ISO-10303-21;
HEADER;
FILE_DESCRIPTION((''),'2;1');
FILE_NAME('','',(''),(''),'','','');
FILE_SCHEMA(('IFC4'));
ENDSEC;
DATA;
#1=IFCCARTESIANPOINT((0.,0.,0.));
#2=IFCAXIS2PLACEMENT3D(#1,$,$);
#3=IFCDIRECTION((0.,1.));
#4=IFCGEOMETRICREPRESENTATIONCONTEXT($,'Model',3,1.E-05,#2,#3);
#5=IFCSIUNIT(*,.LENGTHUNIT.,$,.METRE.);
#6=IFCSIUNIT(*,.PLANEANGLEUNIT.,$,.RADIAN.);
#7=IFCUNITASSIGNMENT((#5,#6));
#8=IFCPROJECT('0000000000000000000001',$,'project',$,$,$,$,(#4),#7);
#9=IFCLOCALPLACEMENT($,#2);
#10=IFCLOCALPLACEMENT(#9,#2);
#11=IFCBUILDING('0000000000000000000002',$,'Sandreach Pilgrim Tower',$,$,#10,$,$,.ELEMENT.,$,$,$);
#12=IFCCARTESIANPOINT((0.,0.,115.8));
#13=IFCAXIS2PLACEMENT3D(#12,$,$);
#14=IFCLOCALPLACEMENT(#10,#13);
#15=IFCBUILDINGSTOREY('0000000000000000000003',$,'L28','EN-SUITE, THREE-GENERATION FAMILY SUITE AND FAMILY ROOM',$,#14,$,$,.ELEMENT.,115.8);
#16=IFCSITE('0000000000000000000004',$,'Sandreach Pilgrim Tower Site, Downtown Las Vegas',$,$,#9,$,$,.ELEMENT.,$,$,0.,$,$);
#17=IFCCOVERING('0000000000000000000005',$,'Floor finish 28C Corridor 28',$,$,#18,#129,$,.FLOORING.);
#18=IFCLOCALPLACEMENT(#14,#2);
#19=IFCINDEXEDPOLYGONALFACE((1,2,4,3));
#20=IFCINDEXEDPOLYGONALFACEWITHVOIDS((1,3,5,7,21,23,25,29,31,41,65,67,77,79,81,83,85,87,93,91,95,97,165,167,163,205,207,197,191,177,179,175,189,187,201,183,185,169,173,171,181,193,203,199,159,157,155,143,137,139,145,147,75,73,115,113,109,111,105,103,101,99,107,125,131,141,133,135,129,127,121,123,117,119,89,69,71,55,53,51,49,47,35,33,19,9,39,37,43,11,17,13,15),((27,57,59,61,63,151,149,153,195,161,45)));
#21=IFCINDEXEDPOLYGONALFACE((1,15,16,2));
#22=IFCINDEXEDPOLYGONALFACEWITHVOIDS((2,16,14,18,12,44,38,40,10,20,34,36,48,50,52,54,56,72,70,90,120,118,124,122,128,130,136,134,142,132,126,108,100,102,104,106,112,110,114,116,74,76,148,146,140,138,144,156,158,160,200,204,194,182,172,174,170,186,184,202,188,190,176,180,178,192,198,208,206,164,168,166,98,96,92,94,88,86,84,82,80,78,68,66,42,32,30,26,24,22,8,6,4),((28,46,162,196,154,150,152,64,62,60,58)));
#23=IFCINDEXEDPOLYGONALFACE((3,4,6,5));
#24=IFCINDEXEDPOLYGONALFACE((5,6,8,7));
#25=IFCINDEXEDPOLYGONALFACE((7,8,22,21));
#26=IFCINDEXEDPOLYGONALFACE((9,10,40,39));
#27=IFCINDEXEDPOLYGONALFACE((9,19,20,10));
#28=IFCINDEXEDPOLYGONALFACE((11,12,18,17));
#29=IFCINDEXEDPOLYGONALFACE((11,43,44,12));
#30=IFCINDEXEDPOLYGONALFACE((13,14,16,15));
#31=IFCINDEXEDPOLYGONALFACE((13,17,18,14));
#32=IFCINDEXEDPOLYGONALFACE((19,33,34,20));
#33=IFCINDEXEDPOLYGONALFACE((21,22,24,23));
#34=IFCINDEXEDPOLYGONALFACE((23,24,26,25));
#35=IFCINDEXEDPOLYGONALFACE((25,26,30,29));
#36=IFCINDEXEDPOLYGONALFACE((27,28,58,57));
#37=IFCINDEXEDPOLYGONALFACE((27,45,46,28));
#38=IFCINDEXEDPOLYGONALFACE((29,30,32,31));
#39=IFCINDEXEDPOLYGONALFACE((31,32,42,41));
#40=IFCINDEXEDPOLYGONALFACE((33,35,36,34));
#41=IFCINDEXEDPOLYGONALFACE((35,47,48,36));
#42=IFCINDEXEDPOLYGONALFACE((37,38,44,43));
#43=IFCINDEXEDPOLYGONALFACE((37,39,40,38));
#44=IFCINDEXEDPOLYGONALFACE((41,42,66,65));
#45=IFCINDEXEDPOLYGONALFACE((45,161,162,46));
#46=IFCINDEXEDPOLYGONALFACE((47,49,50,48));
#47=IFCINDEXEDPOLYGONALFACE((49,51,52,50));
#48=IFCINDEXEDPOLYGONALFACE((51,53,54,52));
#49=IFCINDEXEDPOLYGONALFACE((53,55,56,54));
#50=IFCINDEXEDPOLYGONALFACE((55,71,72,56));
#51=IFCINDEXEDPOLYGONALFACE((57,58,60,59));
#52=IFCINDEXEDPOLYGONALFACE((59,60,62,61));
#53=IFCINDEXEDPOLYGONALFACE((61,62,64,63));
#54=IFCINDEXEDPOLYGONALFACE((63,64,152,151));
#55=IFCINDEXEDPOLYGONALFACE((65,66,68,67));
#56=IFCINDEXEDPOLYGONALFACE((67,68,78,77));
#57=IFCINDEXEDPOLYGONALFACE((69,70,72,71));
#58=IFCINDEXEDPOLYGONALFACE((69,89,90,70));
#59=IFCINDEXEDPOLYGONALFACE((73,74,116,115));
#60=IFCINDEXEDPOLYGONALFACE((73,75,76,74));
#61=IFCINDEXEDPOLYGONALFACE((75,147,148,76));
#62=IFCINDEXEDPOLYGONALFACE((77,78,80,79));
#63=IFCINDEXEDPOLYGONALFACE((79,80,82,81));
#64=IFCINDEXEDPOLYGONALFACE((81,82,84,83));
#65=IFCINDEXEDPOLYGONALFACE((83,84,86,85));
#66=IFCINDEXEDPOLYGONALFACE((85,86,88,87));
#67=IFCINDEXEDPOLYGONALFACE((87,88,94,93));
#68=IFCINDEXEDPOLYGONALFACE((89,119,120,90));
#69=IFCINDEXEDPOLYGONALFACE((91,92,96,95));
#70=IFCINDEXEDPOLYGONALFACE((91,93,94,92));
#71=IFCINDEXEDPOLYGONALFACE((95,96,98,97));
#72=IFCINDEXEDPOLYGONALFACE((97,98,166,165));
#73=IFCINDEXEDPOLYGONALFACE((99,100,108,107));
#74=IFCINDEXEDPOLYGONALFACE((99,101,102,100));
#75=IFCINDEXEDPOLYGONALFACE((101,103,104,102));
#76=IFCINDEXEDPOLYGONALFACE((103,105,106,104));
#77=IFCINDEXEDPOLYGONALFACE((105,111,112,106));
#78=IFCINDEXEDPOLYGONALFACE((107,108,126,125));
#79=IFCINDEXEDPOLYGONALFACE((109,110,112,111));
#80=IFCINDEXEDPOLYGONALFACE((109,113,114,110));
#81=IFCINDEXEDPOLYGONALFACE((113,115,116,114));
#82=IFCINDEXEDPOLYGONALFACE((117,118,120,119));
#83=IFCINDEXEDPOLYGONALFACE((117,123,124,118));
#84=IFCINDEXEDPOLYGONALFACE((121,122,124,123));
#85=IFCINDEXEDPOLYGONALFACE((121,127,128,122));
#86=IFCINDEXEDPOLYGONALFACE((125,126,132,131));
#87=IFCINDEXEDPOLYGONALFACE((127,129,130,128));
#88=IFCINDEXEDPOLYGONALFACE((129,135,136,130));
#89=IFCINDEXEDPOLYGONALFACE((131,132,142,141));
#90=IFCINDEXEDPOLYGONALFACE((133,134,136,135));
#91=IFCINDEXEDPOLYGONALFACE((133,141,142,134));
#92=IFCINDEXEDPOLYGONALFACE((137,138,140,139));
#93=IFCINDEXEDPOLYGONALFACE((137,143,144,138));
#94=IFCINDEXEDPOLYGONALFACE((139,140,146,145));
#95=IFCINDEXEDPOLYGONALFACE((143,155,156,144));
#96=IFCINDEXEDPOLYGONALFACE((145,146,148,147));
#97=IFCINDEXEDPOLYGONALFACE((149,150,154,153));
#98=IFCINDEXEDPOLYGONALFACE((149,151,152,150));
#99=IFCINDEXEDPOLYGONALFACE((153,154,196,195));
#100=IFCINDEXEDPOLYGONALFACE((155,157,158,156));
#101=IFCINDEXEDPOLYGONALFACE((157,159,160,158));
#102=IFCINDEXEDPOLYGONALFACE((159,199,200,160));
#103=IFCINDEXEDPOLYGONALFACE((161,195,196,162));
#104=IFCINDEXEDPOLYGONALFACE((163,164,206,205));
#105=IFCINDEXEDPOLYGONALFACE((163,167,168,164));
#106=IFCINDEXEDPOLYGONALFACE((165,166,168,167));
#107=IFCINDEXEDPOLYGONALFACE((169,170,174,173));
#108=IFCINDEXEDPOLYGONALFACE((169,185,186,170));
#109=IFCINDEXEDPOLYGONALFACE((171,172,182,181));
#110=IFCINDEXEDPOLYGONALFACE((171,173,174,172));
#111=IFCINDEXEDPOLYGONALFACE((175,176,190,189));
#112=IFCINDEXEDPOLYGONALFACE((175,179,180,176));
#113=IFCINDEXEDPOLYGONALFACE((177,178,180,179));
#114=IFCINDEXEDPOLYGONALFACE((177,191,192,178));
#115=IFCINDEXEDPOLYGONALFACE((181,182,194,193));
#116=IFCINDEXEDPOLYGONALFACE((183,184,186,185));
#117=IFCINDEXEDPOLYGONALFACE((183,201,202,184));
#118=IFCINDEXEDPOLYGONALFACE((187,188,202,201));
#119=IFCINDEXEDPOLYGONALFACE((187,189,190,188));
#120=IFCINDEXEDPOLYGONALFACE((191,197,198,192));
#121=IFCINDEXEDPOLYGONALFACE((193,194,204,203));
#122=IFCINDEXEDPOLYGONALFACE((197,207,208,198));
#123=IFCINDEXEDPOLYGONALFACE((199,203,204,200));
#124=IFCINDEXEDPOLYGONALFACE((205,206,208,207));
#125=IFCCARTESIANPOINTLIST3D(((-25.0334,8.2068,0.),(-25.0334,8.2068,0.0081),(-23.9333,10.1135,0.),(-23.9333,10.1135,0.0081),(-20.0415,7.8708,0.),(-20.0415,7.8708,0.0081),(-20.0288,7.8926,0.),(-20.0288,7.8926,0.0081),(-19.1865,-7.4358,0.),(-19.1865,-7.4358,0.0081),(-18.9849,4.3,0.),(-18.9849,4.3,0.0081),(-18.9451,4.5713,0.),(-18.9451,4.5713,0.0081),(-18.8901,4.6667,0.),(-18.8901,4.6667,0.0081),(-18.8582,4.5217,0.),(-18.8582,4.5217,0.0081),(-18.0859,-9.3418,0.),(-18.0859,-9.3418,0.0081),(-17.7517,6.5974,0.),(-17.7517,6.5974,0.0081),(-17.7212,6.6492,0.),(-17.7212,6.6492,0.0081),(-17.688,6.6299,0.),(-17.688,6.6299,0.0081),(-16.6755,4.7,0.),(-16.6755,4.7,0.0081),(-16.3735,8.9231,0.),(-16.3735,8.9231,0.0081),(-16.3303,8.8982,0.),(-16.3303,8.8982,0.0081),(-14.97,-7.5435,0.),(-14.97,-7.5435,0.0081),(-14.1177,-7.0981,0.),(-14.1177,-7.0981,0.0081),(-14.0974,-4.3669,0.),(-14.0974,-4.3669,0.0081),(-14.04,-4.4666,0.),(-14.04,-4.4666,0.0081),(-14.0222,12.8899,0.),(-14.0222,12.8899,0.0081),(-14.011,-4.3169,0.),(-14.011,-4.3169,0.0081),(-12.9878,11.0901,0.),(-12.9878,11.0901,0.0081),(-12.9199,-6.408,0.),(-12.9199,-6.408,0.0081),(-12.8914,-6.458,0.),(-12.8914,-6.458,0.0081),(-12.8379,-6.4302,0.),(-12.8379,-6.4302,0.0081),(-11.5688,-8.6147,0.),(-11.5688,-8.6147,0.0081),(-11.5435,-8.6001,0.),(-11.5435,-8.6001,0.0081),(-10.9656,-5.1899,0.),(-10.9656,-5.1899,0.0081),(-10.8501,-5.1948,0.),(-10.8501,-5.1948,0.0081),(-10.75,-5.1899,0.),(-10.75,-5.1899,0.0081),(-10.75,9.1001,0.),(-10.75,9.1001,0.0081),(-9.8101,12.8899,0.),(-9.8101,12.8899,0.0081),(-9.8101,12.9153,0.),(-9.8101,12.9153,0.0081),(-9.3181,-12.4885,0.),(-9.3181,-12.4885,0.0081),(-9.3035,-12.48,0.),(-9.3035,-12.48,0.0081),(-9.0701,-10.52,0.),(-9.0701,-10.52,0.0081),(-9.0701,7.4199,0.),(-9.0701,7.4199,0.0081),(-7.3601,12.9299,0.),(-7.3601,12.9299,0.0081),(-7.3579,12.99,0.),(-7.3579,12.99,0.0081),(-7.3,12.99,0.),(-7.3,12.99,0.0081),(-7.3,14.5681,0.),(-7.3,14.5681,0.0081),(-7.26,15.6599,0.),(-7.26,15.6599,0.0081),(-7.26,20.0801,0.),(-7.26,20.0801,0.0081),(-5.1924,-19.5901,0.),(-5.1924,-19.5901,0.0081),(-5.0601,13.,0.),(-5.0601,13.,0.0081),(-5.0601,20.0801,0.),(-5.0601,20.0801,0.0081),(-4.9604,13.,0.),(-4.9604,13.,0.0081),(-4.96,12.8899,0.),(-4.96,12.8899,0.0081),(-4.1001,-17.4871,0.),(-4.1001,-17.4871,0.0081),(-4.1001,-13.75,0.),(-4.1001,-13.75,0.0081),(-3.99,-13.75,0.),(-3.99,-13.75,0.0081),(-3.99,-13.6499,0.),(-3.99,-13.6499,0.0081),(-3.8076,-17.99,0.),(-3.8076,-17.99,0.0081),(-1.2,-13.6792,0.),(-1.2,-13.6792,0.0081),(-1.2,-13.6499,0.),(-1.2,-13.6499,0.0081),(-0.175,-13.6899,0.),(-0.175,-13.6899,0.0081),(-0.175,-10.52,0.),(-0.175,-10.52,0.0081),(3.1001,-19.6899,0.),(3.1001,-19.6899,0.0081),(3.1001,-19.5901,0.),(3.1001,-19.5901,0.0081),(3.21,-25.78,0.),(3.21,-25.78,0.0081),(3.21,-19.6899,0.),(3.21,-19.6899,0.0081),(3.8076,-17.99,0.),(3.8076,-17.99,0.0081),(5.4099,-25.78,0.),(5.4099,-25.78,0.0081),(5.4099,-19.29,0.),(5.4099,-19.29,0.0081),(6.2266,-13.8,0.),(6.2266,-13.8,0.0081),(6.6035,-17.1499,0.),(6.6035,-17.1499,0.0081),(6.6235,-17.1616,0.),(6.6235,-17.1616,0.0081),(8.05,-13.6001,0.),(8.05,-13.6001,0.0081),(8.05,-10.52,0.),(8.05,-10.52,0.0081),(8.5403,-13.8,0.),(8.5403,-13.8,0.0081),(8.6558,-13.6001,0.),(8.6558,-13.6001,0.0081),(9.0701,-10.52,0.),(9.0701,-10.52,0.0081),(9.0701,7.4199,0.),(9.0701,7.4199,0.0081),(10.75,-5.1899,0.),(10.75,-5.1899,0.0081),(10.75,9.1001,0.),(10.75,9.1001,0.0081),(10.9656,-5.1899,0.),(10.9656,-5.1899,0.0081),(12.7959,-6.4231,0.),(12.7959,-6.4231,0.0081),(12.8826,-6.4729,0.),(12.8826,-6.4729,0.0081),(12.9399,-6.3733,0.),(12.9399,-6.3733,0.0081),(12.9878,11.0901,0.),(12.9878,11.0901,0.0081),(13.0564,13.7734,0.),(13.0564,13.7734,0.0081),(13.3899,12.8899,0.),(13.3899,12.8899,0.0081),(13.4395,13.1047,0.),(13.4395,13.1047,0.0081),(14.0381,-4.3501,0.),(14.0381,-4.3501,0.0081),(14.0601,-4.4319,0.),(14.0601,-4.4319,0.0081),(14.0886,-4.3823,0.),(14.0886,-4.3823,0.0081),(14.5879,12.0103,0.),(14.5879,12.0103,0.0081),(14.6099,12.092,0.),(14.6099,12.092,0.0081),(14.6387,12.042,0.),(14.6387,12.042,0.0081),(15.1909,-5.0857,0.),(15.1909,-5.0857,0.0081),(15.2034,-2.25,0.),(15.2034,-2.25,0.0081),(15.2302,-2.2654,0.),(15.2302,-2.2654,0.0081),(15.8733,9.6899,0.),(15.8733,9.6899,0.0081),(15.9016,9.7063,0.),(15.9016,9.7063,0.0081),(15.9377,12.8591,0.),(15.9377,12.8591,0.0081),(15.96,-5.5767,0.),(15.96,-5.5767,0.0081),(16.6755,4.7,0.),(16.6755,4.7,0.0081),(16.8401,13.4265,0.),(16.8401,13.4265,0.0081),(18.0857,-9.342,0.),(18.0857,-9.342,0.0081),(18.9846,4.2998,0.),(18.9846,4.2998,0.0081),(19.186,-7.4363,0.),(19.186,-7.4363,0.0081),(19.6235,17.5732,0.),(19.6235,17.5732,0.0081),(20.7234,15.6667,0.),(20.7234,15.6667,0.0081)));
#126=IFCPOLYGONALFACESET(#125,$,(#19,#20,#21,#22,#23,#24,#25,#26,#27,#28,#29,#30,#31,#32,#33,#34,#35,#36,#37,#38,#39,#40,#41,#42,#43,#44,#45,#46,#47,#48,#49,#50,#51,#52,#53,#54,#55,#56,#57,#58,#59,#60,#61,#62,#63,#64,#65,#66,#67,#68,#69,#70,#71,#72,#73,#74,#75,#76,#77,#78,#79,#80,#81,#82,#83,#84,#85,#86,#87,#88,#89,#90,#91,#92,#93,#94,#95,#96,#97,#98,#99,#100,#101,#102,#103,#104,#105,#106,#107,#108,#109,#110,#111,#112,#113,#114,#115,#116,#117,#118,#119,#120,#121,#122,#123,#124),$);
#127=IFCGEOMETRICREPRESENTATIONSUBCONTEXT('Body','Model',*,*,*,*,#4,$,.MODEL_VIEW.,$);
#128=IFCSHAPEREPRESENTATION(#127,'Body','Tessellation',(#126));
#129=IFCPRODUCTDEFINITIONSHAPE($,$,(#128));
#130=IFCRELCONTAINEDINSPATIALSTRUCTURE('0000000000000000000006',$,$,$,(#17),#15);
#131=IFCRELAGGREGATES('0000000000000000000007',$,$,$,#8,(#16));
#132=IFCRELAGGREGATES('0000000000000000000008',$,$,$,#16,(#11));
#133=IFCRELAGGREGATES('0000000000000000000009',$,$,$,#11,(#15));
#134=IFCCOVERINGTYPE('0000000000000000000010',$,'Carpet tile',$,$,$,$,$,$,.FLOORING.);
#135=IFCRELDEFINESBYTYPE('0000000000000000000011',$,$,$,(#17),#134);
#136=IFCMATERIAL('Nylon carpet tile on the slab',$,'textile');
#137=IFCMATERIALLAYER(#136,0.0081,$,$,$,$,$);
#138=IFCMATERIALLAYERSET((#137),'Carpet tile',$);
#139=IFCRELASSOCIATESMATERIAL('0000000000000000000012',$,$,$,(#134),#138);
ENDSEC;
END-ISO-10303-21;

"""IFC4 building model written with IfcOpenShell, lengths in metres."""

from ifc_helpers import new_model, si_unit, direction, frame, origin, place, context, subcontext, project, spatial, polyline, outline, extrude, material, layer, layer_set, type_object, element, save


model = new_model("IFC4")

# Units and contexts
model_context = context("Model", 3, precision=1e-05, world=origin(), true_north=direction((0.0, 1.0)))
body_context = subcontext(model_context, "Body", "Model", "MODEL_VIEW")
ifc_project = project(units=[si_unit("LENGTHUNIT", "METRE"), si_unit("PLANEANGLEUNIT", "RADIAN")], contexts=[model_context])

# Site, building, storey
site_placement = place(None, origin())
site = spatial("IfcSite", under=ifc_project, at=site_placement, Name="Sandreach Pilgrim Tower Site, Downtown Las Vegas", CompositionType="ELEMENT", RefElevation=0.0)
building_placement = place(site_placement, origin())
building = spatial("IfcBuilding", under=site, at=building_placement, Name="Sandreach Pilgrim Tower", CompositionType="ELEMENT")
storey_placement = place(building_placement, frame((0.0, 0.0, 115.8)))
storey = spatial("IfcBuildingStorey", under=building, at=storey_placement, Name="L28", Description="EN-SUITE, THREE-GENERATION FAMILY SUITE AND FAMILY ROOM", CompositionType="ELEMENT", Elevation=115.8)

# Covering
ifc_material_1 = material(Name="Nylon carpet tile on the slab", Category="textile")
ifc_layer_1 = layer(ifc_material_1, 0.0081)
ifc_layer_set_1 = layer_set([ifc_layer_1], Name="Carpet tile")
covering_type_1 = type_object("IfcCoveringType", Name="Carpet tile", PredefinedType="FLOORING", material=ifc_layer_set_1)
covering_1_placement = place(storey_placement, origin())
element("IfcCovering", 1, at=covering_1_placement, inside=storey, type_object=covering_type_1, Name="Floor finish 28C Corridor 28", PredefinedType="FLOORING", context=body_context, shape_type="SweptSolid", body=[
    extrude(outline(polyline([(-25.0334, 8.2068), (-23.9333, 10.1135), (-20.0415, 7.8708), (-20.0288, 7.8926), (-17.7517, 6.5974), (-17.7212, 6.6492), (-17.688, 6.6299), (-16.3735, 8.9231), (-16.3303, 8.8982), (-14.0222, 12.8899), (-9.8101, 12.8899), (-9.8101, 12.9153), (-7.3601, 12.9299), (-7.3579, 12.99), (-7.3, 12.99), (-7.3, 14.5681), (-7.26, 15.6599), (-7.26, 20.0801), (-5.0601, 20.0801), (-5.0601, 13.0), (-4.9604, 13.0), (-4.96, 12.8899), (13.3899, 12.8899), (13.4395, 13.1047), (13.0564, 13.7734), (19.6235, 17.5732), (20.7234, 15.6667), (16.8401, 13.4265), (15.9377, 12.8591), (14.6099, 12.092), (14.6387, 12.042), (14.5879, 12.0103), (15.9016, 9.7063), (15.8733, 9.6899), (18.9846, 4.2998), (15.2034, -2.25), (15.2302, -2.2654), (14.0381, -4.3501), (14.0886, -4.3823), (14.0601, -4.4319), (15.1909, -5.0857), (15.96, -5.5767), (19.186, -7.4363), (18.0857, -9.342), (12.9399, -6.3733), (12.8826, -6.4729), (12.7959, -6.4231), (8.6558, -13.6001), (8.05, -13.6001), (8.05, -10.52), (9.0701, -10.52), (9.0701, 7.4199), (-9.0701, 7.4199), (-9.0701, -10.52), (-0.175, -10.52), (-0.175, -13.6899), (-1.2, -13.6792), (-1.2, -13.6499), (-3.99, -13.6499), (-3.99, -13.75), (-4.1001, -13.75), (-4.1001, -17.4871), (-3.8076, -17.99), (3.8076, -17.99), (6.2266, -13.8), (8.5403, -13.8), (6.6035, -17.1499), (6.6235, -17.1616), (5.4099, -19.29), (5.4099, -25.78), (3.21, -25.78), (3.21, -19.6899), (3.1001, -19.6899), (3.1001, -19.5901), (-5.1924, -19.5901), (-9.3181, -12.4885), (-9.3035, -12.48), (-11.5435, -8.6001), (-11.5688, -8.6147), (-12.8379, -6.4302), (-12.8914, -6.458), (-12.9199, -6.408), (-14.1177, -7.0981), (-14.97, -7.5435), (-18.0859, -9.3418), (-19.1865, -7.4358), (-14.04, -4.4666), (-14.0974, -4.3669), (-14.011, -4.3169), (-18.9849, 4.3), (-18.8582, 4.5217), (-18.9451, 4.5713), (-18.8901, 4.6667), (-25.0334, 8.2068)]), holes=[polyline([(-16.6755, 4.7), (-10.9656, -5.1899), (-10.8501, -5.1948), (-10.75, -5.1899), (-10.75, 9.1001), (10.75, 9.1001), (10.75, -5.1899), (10.9656, -5.1899), (16.6755, 4.7), (12.9878, 11.0901), (-12.9878, 11.0901), (-16.6755, 4.7)])]), origin(), (0.0, 0.0, 1.0), 0.0081),
])

save(model, "model.ifc")
